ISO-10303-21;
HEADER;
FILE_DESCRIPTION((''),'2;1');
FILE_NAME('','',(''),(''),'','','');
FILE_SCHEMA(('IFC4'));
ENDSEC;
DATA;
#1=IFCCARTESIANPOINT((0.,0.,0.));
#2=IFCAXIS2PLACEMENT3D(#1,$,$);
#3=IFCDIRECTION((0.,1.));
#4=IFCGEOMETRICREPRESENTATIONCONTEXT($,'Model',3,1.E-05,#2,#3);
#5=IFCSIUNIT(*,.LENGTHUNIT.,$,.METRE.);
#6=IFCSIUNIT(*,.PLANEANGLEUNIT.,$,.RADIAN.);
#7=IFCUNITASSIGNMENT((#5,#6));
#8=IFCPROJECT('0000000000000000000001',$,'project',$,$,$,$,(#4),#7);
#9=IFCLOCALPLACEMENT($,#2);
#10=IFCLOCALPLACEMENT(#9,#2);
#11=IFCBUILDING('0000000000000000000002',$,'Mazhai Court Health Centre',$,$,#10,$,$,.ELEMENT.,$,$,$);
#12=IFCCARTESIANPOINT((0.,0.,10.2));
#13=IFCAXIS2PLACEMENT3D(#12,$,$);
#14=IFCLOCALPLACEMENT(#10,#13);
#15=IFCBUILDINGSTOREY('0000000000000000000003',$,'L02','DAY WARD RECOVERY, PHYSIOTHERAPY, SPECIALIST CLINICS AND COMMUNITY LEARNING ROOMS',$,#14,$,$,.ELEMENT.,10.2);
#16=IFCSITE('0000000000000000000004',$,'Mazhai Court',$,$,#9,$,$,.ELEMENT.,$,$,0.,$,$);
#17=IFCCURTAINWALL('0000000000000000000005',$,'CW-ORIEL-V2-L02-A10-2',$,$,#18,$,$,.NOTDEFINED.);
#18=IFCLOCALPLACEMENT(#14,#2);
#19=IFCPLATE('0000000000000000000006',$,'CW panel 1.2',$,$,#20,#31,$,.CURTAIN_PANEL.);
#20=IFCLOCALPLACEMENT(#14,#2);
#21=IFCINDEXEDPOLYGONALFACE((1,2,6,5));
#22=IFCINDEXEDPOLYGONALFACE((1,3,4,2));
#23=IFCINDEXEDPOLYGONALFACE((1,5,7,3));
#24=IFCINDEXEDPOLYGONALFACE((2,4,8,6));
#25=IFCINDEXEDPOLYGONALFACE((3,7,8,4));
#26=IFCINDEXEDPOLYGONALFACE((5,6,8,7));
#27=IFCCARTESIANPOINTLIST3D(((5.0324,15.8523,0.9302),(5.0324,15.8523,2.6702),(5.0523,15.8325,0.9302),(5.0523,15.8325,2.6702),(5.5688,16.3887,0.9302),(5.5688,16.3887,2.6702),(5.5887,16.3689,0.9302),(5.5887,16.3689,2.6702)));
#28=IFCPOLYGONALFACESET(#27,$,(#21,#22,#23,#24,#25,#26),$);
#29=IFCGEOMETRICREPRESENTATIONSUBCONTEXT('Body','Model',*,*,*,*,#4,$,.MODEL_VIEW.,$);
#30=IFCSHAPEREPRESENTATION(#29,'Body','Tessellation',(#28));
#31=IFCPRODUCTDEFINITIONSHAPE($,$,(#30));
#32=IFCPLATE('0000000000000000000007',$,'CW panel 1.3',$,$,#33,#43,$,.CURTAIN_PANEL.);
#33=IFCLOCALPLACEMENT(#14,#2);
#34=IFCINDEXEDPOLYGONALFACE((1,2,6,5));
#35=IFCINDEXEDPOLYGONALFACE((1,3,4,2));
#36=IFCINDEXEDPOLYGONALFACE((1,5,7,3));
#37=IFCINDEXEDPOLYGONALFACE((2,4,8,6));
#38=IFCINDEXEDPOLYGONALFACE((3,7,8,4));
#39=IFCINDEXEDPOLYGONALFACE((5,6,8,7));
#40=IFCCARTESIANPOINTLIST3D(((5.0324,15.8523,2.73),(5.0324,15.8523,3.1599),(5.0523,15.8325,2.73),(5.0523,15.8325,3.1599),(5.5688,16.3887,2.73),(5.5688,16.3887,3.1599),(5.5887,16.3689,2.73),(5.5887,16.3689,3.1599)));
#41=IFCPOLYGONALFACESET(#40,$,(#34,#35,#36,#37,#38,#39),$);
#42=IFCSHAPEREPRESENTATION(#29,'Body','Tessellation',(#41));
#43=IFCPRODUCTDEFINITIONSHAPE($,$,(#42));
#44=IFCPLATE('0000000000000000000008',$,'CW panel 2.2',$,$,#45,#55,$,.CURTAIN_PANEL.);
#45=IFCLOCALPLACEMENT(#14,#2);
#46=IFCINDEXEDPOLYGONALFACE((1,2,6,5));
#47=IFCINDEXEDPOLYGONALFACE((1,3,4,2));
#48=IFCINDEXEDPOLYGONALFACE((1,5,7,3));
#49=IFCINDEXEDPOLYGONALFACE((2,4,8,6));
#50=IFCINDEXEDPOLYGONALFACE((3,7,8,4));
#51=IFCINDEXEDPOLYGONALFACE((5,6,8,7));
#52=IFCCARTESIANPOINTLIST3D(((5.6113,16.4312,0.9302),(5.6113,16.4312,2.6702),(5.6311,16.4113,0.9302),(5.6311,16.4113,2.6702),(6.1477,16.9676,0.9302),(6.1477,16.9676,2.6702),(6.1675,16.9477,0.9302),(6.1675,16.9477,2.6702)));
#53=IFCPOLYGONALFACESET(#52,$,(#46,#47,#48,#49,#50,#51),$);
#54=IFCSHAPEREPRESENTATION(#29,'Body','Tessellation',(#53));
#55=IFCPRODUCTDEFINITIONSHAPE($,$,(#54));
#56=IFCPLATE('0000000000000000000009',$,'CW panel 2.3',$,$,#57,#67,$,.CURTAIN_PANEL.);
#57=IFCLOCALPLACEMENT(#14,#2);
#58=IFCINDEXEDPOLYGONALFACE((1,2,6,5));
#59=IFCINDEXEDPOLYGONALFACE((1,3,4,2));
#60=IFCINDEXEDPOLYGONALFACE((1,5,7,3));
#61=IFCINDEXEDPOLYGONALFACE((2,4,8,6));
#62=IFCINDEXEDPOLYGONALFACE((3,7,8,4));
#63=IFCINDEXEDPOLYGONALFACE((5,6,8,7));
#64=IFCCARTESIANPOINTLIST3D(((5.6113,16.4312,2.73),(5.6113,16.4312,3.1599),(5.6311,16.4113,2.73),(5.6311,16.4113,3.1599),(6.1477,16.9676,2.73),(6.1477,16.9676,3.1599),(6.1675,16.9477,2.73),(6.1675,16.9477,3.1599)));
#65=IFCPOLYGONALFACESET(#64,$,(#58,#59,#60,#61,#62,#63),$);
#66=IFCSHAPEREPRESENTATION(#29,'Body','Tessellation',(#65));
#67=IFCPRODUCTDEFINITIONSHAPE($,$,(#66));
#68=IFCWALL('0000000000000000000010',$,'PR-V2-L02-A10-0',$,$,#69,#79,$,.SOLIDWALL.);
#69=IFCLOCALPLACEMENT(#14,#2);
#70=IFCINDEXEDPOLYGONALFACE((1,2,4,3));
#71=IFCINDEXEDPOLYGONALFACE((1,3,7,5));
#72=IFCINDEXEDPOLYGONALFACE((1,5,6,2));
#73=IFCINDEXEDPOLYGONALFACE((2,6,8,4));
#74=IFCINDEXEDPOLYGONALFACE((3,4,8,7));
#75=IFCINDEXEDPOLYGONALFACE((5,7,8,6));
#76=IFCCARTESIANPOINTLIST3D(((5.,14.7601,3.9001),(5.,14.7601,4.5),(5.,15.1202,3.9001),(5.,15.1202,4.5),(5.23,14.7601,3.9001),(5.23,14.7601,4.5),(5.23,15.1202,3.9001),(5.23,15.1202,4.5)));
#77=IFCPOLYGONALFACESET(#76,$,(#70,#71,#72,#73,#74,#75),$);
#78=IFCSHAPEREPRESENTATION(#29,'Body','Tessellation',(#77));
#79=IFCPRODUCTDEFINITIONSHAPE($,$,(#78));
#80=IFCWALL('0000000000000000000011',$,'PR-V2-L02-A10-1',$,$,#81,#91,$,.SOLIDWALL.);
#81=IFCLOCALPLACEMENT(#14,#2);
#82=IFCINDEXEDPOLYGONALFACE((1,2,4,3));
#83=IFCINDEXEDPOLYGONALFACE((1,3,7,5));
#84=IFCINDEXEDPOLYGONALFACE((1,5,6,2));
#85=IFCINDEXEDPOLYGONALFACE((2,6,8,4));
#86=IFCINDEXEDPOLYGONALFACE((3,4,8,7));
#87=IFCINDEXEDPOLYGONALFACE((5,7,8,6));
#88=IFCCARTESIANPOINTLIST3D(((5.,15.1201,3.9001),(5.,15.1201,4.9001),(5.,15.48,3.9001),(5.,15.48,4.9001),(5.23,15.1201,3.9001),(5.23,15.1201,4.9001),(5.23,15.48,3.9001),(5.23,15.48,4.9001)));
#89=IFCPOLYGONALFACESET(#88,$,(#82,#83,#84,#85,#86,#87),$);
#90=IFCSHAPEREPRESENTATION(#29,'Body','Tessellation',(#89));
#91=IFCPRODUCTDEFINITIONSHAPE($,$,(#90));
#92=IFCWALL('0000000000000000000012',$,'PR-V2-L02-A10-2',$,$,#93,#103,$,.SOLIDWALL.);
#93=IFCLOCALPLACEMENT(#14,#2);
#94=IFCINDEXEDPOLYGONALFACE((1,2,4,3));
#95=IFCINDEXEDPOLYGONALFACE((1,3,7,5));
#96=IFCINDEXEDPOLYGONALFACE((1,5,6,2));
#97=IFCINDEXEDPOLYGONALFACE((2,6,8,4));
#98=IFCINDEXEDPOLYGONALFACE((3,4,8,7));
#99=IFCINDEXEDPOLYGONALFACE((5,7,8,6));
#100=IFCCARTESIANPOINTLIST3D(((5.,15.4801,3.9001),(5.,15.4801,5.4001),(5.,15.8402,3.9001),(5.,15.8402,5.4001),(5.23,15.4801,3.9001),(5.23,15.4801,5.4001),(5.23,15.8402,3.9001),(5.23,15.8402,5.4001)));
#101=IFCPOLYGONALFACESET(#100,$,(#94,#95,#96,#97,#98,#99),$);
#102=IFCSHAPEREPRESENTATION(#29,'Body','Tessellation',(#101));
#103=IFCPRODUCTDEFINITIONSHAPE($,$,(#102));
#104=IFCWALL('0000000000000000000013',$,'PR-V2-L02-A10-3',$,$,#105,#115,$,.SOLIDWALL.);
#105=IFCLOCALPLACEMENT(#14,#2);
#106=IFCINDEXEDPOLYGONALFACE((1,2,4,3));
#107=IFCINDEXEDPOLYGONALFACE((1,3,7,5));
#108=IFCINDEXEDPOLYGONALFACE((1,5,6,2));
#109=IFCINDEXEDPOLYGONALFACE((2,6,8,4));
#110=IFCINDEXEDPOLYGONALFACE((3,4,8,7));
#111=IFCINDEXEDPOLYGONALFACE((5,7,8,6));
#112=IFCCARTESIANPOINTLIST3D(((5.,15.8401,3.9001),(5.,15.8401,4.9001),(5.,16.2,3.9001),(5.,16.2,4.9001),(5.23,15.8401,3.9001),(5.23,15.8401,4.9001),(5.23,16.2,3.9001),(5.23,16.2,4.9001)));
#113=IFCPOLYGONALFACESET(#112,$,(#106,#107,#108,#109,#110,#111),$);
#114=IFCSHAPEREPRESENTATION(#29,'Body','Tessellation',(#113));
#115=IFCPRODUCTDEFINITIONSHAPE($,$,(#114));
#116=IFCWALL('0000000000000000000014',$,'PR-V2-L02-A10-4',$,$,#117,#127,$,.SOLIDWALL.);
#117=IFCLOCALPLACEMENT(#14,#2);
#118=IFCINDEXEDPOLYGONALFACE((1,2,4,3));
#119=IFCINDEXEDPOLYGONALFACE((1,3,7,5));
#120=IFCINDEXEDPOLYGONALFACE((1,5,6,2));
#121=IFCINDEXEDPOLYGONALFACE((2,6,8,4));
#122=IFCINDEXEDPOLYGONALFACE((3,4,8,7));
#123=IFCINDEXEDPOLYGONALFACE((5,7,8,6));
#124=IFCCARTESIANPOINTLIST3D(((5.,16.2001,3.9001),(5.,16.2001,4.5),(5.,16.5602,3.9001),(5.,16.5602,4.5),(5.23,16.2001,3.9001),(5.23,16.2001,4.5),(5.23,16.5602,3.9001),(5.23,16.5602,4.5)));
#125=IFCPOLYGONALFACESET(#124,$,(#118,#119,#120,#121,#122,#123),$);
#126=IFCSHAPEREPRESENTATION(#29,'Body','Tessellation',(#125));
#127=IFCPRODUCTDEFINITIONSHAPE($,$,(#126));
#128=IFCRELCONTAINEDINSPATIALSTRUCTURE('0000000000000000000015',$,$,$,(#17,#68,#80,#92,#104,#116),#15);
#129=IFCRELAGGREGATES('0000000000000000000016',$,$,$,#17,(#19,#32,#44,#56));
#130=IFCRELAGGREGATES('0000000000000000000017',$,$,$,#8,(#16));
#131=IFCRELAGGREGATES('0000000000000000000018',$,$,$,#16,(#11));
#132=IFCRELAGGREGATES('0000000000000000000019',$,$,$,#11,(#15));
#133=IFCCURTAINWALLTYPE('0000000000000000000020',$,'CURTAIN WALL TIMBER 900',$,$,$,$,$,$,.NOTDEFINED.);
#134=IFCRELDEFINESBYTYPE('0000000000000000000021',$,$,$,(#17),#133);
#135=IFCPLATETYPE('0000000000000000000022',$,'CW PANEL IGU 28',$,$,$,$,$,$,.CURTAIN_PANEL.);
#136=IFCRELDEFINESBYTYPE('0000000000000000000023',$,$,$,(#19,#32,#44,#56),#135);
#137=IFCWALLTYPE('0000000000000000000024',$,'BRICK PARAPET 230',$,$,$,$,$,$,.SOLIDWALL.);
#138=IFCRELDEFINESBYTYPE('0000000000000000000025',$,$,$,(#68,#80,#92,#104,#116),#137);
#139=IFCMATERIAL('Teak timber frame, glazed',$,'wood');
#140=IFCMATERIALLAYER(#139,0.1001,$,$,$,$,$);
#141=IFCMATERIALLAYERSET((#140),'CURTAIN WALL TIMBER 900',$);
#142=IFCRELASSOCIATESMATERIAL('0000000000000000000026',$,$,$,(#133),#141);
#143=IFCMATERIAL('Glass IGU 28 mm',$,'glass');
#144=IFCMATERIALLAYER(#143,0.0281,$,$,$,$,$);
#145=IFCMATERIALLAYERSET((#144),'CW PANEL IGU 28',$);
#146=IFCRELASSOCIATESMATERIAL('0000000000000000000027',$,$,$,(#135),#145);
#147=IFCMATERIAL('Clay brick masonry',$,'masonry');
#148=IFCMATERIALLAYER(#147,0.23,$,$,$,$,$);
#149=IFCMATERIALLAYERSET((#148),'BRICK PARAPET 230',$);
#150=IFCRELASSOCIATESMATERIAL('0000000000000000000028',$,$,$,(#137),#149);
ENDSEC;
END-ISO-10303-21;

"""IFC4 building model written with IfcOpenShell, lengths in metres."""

from ifc_helpers import new_model, si_unit, direction, frame, frame_2d, origin, origin_2d, place, context, subcontext, project, spatial, rectangle, extrude, material, layer, layer_set, type_object, element, aggregate, save


model = new_model("IFC4")

# Units and contexts
model_context = context("Model", 3, precision=1e-05, world=origin(), true_north=direction((0.0, 1.0)))
body_context = subcontext(model_context, "Body", "Model", "MODEL_VIEW")
ifc_project = project(units=[si_unit("LENGTHUNIT", "METRE"), si_unit("PLANEANGLEUNIT", "RADIAN")], contexts=[model_context])

# Site, building, storey
site_placement = place(None, origin())
site = spatial("IfcSite", under=ifc_project, at=site_placement, Name="Mazhai Court", CompositionType="ELEMENT", RefElevation=0.0)
building_placement = place(site_placement, origin())
building = spatial("IfcBuilding", under=site, at=building_placement, Name="Mazhai Court Health Centre", CompositionType="ELEMENT")
storey_placement = place(building_placement, frame((0.0, 0.0, 10.2)))
storey = spatial("IfcBuildingStorey", under=building, at=storey_placement, Name="L02", Description="DAY WARD RECOVERY, PHYSIOTHERAPY, SPECIALIST CLINICS AND COMMUNITY LEARNING ROOMS", CompositionType="ELEMENT", Elevation=10.2)

# Curtain wall
ifc_material_1 = material(Name="Teak timber frame, glazed", Category="wood")
ifc_layer_1 = layer(ifc_material_1, 0.1001)
ifc_layer_set_1 = layer_set([ifc_layer_1], Name="CURTAIN WALL TIMBER 900")
curtain_wall_type = type_object("IfcCurtainWallType", Name="CURTAIN WALL TIMBER 900", PredefinedType="NOTDEFINED", material=ifc_layer_set_1)
curtain_wall_1_placement = place(storey_placement, origin())
curtain_wall_1 = element("IfcCurtainWall", 1, at=curtain_wall_1_placement, inside=storey, type_object=curtain_wall_type, Name="CW-ORIEL-V2-L02-A10-2", PredefinedType="NOTDEFINED")

# Plates
ifc_material_2 = material(Name="Glass IGU 28 mm", Category="glass")
ifc_layer_2 = layer(ifc_material_2, 0.0281)
ifc_layer_set_2 = layer_set([ifc_layer_2], Name="CW PANEL IGU 28")
plate_type = type_object("IfcPlateType", Name="CW PANEL IGU 28", PredefinedType="CURTAIN_PANEL", material=ifc_layer_set_2)
plate_1_placement = place(storey_placement, frame((5.3105, 16.1106, 0.9302), z_axis=(0.0, 0.0, 1.0), x_axis=(0.707107, 0.707107, 0.0)))
plate_1 = element("IfcPlate", 2, at=plate_1_placement, type_object=plate_type, Name="CW panel 1.2", PredefinedType="CURTAIN_PANEL", context=body_context, shape_type="SweptSolid", body=[
    extrude(rectangle(XDim=0.7585, YDim=0.0281, at=origin_2d()), origin(), (0.0, 0.0, 1.0), 1.74),
])
plate_2_placement = place(storey_placement, frame((5.3105, 16.1106, 2.73), z_axis=(0.0, 0.0, 1.0), x_axis=(0.707107, 0.707107, 0.0)))
plate_2 = element("IfcPlate", 3, at=plate_2_placement, type_object=plate_type, Name="CW panel 1.3", PredefinedType="CURTAIN_PANEL", context=body_context, shape_type="SweptSolid", body=[
    extrude(rectangle(XDim=0.7585, YDim=0.0281, at=origin_2d()), origin(), (0.0, 0.0, 1.0), 0.4299),
])
plate_3_placement = place(storey_placement, frame((5.8894, 16.6895, 0.9302), z_axis=(0.0, 0.0, 1.0), x_axis=(0.707107, 0.707107, 0.0)))
plate_3 = element("IfcPlate", 4, at=plate_3_placement, type_object=plate_type, Name="CW panel 2.2", PredefinedType="CURTAIN_PANEL", context=body_context, shape_type="SweptSolid", body=[
    extrude(rectangle(XDim=0.7585, YDim=0.0281, at=origin_2d()), origin(), (0.0, 0.0, 1.0), 1.74),
])
plate_4_placement = place(storey_placement, frame((5.8894, 16.6895, 2.73), z_axis=(0.0, 0.0, 1.0), x_axis=(0.707107, 0.707107, 0.0)))
plate_4 = element("IfcPlate", 5, at=plate_4_placement, type_object=plate_type, Name="CW panel 2.3", PredefinedType="CURTAIN_PANEL", context=body_context, shape_type="SweptSolid", body=[
    extrude(rectangle(XDim=0.7585, YDim=0.0281, at=origin_2d()), origin(), (0.0, 0.0, 1.0), 0.4299),
])
aggregate(curtain_wall_1, [plate_1, plate_2, plate_3, plate_4])

# Walls
ifc_material_3 = material(Name="Clay brick masonry", Category="masonry")
ifc_layer_3 = layer(ifc_material_3, 0.23)
ifc_layer_set_3 = layer_set([ifc_layer_3], Name="BRICK PARAPET 230")
wall_type = type_object("IfcWallType", Name="BRICK PARAPET 230", PredefinedType="SOLIDWALL", material=ifc_layer_set_3)
wall_1_placement = place(storey_placement, frame((5.115, 14.76, 3.9001), z_axis=(0.0, 0.0, 1.0), x_axis=(0.0, 1.0, 0.0)))
element("IfcWall", 6, at=wall_1_placement, inside=storey, type_object=wall_type, Name="PR-V2-L02-A10-0", PredefinedType="SOLIDWALL", context=body_context, shape_type="SweptSolid", body=[
    extrude(rectangle(XDim=0.3601, YDim=0.23, at=frame_2d((0.1802, 0.0))), origin(), (0.0, 0.0, 1.0), 0.5999),
])
wall_2_placement = place(storey_placement, frame((5.115, 15.1201, 3.9001), z_axis=(0.0, 0.0, 1.0), x_axis=(0.0, 1.0, 0.0)))
element("IfcWall", 7, at=wall_2_placement, inside=storey, type_object=wall_type, Name="PR-V2-L02-A10-1", PredefinedType="SOLIDWALL", context=body_context, shape_type="SweptSolid", body=[
    extrude(rectangle(XDim=0.3599, YDim=0.23, at=frame_2d((0.1799, 0.0))), origin(), (0.0, 0.0, 1.0), 1.0),
])
wall_3_placement = place(storey_placement, frame((5.115, 15.48, 3.9001), z_axis=(0.0, 0.0, 1.0), x_axis=(0.0, 1.0, 0.0)))
element("IfcWall", 8, at=wall_3_placement, inside=storey, type_object=wall_type, Name="PR-V2-L02-A10-2", PredefinedType="SOLIDWALL", context=body_context, shape_type="SweptSolid", body=[
    extrude(rectangle(XDim=0.3601, YDim=0.23, at=frame_2d((0.1802, 0.0))), origin(), (0.0, 0.0, 1.0), 1.5),
])
wall_4_placement = place(storey_placement, frame((5.115, 15.8401, 3.9001), z_axis=(0.0, 0.0, 1.0), x_axis=(0.0, 1.0, 0.0)))
element("IfcWall", 9, at=wall_4_placement, inside=storey, type_object=wall_type, Name="PR-V2-L02-A10-3", PredefinedType="SOLIDWALL", context=body_context, shape_type="SweptSolid", body=[
    extrude(rectangle(XDim=0.3599, YDim=0.23, at=frame_2d((0.1799, 0.0))), origin(), (0.0, 0.0, 1.0), 1.0),
])
wall_5_placement = place(storey_placement, frame((5.115, 16.2, 3.9001), z_axis=(0.0, 0.0, 1.0), x_axis=(0.0, 1.0, 0.0)))
element("IfcWall", 10, at=wall_5_placement, inside=storey, type_object=wall_type, Name="PR-V2-L02-A10-4", PredefinedType="SOLIDWALL", context=body_context, shape_type="SweptSolid", body=[
    extrude(rectangle(XDim=0.3601, YDim=0.23, at=frame_2d((0.1802, 0.0))), origin(), (0.0, 0.0, 1.0), 0.5999),
])

save(model, "model.ifc")
